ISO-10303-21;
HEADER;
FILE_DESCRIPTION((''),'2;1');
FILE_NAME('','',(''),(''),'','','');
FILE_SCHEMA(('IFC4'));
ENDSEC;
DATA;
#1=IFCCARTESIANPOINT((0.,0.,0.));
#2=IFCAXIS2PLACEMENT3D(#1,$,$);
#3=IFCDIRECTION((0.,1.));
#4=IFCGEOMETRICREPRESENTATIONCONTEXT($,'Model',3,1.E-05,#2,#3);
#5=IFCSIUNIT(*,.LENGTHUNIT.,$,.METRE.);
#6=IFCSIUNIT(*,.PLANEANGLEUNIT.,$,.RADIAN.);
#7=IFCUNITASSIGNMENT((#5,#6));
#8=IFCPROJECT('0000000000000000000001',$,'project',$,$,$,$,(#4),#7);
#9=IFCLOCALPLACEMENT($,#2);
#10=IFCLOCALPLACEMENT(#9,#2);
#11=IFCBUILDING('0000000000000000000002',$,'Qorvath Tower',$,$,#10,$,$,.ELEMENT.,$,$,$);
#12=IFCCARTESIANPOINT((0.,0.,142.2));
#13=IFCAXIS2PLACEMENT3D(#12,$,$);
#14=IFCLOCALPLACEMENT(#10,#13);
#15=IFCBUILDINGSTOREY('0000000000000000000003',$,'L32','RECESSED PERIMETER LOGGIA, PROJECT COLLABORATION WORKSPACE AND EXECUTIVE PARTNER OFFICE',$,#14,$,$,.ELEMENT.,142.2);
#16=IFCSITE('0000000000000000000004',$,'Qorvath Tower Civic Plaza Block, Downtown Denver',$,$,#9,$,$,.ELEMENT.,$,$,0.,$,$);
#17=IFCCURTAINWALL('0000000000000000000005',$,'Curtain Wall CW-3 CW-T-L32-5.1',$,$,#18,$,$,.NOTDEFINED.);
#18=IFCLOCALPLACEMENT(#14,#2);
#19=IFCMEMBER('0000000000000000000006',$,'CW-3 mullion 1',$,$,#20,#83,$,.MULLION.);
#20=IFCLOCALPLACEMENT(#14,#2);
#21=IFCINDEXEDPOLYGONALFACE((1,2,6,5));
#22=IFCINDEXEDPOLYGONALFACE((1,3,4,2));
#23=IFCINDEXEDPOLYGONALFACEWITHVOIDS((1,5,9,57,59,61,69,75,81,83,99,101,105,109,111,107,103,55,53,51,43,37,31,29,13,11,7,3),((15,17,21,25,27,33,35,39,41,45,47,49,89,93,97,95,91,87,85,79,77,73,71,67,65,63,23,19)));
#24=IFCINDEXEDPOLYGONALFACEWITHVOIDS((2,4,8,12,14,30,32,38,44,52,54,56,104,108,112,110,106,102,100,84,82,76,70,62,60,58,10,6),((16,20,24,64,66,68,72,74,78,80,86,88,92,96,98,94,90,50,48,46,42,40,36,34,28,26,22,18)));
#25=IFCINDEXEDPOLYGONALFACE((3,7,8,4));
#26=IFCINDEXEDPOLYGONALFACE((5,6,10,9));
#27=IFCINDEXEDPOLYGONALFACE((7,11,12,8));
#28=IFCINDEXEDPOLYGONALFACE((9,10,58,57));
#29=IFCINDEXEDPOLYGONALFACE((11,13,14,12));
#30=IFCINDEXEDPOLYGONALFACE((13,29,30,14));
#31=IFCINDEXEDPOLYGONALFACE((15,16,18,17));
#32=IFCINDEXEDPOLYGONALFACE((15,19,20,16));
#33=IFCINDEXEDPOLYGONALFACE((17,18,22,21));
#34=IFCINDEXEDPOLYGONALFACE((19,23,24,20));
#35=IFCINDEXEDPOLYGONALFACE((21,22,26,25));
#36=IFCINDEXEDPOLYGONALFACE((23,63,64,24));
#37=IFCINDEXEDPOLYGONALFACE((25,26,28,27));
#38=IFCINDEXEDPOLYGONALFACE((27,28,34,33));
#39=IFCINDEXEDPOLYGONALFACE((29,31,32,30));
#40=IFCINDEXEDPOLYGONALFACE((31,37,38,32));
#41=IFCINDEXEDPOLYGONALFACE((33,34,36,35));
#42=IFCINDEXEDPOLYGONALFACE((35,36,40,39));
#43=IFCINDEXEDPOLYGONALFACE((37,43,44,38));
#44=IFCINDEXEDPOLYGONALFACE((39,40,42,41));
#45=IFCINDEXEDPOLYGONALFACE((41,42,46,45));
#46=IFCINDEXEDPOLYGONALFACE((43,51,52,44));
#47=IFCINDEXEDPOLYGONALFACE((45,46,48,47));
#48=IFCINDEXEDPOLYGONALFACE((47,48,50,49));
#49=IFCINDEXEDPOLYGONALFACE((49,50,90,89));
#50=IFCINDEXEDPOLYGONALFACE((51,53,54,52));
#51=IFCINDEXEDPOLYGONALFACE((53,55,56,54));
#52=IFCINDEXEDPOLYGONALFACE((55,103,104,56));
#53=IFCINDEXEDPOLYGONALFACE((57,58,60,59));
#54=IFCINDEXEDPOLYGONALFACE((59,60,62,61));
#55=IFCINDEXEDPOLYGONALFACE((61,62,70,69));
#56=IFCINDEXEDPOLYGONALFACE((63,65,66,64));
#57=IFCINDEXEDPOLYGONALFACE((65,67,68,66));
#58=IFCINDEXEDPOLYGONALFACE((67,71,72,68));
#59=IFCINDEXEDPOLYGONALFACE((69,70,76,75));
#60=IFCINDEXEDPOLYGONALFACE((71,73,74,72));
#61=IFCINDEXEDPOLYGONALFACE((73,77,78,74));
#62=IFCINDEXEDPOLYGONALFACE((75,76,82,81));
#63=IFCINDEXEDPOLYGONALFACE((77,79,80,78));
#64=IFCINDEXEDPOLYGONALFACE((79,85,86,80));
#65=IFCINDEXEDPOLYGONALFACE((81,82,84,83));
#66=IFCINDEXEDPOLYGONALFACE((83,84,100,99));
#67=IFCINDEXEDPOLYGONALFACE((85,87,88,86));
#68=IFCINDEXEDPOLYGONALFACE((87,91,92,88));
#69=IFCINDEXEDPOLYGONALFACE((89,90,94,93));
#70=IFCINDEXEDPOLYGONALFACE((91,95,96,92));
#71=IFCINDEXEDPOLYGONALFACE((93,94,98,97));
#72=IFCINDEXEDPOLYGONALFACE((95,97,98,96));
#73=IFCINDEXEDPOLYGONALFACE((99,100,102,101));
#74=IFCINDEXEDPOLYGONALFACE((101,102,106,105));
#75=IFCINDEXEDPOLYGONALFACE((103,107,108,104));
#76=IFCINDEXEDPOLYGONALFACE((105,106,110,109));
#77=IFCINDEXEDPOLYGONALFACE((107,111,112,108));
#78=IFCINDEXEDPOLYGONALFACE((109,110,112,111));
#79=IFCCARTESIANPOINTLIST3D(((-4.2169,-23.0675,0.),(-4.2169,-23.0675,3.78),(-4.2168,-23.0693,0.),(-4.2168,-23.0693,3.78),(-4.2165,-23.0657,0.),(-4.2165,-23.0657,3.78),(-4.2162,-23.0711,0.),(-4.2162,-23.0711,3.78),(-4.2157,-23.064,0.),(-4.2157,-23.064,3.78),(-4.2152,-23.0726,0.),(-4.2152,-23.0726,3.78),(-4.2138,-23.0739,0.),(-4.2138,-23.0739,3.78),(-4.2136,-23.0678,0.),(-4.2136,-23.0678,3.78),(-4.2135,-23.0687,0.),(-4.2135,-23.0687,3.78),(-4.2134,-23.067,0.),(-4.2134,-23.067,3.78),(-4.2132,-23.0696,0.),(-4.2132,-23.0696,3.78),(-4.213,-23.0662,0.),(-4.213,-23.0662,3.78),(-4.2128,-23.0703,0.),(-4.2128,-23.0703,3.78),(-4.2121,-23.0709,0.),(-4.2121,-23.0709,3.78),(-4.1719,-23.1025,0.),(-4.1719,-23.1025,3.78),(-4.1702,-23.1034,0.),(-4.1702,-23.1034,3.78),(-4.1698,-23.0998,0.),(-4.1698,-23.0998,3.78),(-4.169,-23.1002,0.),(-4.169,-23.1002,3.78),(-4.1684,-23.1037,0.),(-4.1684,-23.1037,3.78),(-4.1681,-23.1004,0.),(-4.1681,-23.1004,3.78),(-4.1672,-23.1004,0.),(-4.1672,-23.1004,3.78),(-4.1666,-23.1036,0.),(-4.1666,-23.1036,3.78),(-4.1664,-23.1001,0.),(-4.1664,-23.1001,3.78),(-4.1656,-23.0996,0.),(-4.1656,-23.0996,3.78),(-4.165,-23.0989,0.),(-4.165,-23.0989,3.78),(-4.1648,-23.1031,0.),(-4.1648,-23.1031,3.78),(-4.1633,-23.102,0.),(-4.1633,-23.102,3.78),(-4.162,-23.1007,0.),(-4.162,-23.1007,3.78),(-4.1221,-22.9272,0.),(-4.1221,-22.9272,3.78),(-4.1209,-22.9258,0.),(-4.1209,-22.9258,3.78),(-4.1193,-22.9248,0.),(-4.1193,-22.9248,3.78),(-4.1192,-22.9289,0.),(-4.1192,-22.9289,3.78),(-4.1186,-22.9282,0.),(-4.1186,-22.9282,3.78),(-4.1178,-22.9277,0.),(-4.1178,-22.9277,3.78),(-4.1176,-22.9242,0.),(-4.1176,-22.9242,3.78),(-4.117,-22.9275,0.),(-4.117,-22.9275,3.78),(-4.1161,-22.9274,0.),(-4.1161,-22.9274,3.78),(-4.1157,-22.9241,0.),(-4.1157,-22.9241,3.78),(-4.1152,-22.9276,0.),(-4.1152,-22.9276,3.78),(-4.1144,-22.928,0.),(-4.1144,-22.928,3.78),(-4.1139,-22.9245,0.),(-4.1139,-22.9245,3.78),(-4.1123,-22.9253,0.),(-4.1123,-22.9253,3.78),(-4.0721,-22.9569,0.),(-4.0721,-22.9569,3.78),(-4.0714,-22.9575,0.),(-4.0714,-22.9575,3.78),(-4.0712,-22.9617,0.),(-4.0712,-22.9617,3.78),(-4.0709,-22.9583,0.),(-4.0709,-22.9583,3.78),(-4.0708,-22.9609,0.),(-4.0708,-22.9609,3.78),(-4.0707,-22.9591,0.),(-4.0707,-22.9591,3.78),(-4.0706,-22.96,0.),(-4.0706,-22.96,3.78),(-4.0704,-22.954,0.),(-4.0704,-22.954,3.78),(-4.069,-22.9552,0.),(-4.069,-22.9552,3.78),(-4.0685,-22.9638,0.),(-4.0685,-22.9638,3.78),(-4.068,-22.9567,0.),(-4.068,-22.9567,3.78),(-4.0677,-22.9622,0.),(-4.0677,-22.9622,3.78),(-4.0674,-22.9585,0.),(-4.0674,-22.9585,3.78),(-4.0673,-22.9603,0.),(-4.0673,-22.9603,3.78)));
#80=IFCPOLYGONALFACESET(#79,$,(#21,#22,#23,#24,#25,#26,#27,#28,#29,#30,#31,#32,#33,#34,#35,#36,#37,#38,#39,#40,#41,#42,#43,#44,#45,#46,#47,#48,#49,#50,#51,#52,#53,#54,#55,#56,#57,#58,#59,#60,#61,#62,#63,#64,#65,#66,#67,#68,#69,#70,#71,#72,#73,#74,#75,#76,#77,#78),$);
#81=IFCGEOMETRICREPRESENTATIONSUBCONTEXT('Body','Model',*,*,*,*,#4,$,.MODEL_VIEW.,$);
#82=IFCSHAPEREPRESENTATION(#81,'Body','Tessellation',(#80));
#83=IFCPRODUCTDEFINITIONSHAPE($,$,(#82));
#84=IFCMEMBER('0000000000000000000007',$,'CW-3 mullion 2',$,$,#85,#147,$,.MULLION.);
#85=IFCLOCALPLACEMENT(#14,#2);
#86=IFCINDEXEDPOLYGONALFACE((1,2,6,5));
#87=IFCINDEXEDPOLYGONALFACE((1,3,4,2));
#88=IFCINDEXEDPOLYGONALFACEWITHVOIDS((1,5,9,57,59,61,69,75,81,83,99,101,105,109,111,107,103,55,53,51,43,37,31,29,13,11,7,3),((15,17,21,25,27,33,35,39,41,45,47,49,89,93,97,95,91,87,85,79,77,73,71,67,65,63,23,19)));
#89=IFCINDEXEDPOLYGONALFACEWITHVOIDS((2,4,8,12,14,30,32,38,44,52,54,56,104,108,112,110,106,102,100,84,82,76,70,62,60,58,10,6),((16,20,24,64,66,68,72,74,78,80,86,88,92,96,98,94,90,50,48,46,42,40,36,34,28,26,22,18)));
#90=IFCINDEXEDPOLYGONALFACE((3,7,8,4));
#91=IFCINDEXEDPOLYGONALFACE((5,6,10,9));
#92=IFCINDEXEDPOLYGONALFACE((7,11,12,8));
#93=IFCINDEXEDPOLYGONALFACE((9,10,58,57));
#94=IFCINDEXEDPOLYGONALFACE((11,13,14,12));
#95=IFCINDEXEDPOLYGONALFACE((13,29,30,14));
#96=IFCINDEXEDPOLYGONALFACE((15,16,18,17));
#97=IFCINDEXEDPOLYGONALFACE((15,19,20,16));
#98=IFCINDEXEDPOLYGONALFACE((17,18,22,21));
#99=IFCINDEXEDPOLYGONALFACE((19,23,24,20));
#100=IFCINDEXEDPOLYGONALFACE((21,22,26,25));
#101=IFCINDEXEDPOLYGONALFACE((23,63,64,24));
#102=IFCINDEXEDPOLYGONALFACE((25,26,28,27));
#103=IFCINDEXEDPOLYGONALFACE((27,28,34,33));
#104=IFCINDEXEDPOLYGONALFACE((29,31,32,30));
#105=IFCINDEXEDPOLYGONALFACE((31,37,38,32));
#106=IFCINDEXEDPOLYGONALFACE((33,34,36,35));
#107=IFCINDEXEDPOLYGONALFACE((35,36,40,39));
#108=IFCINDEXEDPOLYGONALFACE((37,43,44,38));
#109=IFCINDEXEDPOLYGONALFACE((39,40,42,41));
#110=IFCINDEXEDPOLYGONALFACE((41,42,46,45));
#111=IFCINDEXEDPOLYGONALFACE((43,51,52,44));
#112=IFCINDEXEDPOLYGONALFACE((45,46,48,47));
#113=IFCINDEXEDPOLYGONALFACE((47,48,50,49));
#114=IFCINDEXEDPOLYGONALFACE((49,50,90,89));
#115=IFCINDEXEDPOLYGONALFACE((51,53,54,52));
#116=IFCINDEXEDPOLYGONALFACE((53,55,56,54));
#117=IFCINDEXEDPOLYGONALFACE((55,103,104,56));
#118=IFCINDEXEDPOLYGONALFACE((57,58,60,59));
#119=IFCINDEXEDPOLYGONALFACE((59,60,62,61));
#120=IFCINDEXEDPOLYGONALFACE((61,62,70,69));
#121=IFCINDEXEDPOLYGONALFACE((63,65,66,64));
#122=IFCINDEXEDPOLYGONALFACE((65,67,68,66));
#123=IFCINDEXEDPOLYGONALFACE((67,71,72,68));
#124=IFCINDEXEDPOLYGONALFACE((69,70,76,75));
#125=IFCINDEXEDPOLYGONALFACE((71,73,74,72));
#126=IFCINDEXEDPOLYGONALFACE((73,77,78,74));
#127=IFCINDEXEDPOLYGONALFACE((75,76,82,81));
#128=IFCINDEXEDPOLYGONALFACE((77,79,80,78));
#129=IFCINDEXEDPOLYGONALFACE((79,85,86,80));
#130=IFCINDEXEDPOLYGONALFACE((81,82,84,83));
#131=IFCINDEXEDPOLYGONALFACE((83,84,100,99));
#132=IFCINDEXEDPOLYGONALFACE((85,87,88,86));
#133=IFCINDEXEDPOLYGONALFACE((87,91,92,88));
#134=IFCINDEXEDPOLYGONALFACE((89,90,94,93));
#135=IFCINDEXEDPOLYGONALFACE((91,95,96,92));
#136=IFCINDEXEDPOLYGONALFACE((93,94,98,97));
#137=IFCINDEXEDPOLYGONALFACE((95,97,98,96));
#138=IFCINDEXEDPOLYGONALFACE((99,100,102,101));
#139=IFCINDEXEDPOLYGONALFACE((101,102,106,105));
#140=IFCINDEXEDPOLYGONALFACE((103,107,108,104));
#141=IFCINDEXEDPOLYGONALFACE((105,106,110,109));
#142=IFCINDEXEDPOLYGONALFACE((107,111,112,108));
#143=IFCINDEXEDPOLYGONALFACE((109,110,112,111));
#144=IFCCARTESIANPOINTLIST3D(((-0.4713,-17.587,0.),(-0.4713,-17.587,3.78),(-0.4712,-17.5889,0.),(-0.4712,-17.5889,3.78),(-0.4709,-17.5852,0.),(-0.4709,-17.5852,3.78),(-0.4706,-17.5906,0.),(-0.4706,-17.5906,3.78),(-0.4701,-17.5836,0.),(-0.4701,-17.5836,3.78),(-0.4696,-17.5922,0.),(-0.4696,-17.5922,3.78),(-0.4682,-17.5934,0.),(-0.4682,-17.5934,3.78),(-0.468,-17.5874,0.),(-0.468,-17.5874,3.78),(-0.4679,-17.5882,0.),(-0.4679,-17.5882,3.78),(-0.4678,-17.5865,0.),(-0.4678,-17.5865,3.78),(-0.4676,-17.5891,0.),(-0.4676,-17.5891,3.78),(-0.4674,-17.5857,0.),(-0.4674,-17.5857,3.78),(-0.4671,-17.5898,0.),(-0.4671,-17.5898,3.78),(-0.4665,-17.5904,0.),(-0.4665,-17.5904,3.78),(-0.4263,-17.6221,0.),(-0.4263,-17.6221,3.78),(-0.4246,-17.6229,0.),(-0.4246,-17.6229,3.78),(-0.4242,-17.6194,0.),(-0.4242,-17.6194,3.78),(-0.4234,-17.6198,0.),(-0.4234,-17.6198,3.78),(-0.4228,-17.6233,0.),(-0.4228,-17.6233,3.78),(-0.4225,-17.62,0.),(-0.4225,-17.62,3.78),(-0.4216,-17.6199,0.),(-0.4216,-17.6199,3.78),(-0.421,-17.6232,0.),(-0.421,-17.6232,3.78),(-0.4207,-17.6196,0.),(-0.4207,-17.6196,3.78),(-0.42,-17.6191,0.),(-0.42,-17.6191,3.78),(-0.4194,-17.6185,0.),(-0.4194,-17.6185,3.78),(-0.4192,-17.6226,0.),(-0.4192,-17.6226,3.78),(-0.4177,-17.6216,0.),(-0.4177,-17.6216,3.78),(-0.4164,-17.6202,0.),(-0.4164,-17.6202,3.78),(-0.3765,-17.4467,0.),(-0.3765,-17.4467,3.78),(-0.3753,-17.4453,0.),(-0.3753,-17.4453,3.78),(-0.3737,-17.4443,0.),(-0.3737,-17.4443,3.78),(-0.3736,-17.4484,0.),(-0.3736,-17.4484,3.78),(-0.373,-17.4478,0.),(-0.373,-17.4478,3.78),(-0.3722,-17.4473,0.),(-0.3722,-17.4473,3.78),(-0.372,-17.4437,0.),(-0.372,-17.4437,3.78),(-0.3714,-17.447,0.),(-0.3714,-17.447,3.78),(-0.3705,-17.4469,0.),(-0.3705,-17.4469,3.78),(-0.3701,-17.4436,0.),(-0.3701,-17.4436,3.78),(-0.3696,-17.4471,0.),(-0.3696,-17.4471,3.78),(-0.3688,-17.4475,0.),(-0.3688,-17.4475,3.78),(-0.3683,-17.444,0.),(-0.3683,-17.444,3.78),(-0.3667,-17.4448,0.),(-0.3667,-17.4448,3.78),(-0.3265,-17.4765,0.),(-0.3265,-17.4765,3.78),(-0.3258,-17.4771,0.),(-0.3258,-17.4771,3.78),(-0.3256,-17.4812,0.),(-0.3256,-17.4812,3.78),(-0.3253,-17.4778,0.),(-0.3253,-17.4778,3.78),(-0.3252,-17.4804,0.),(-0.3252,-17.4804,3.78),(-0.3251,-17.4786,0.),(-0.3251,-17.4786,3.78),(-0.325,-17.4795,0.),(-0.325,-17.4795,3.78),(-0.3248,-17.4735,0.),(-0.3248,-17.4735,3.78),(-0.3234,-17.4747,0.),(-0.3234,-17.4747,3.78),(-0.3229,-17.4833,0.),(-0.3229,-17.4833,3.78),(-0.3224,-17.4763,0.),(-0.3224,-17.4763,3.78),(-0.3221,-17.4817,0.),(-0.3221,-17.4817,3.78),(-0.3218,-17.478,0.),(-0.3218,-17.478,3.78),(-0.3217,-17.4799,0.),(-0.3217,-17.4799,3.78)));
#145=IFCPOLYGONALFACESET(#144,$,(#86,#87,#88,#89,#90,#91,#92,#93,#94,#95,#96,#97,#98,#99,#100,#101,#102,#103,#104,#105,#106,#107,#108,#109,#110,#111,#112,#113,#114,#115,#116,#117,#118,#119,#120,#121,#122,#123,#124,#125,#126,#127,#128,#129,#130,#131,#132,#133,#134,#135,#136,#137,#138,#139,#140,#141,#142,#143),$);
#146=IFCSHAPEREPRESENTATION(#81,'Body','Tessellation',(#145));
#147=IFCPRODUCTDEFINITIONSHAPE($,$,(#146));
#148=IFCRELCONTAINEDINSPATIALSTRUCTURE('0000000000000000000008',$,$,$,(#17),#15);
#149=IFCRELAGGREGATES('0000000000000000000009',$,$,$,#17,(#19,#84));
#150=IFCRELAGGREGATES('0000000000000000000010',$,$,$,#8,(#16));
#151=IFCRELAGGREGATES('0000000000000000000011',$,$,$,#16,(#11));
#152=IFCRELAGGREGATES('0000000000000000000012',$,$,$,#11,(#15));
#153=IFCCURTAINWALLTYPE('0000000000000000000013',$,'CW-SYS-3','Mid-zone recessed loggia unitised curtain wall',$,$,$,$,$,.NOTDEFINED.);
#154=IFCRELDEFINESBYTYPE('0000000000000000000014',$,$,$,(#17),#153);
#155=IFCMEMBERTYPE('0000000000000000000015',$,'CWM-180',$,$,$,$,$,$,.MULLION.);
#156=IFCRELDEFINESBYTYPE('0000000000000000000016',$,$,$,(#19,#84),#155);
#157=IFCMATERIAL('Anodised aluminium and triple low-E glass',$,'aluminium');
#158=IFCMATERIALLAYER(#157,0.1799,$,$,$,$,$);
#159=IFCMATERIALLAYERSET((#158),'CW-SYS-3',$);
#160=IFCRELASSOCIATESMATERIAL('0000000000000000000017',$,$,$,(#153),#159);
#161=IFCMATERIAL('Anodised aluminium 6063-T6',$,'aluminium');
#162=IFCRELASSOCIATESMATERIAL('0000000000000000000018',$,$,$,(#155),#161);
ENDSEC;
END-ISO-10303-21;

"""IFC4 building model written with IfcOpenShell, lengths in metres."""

from ifc_helpers import new_model, si_unit, direction, frame, origin, origin_2d, place, context, subcontext, project, spatial, hollow_rectangle, extrude, material, layer, layer_set, material_profile, profile_set, type_object, element, aggregate, save


model = new_model("IFC4")

# Units and contexts
model_context = context("Model", 3, precision=1e-05, world=origin(), true_north=direction((0.0, 1.0)))
body_context = subcontext(model_context, "Body", "Model", "MODEL_VIEW")
ifc_project = project(units=[si_unit("LENGTHUNIT", "METRE"), si_unit("PLANEANGLEUNIT", "RADIAN")], contexts=[model_context])

# Site, building, storey
site_placement = place(None, origin())
site = spatial("IfcSite", under=ifc_project, at=site_placement, Name="Qorvath Tower Civic Plaza Block, Downtown Denver", CompositionType="ELEMENT", RefElevation=0.0)
building_placement = place(site_placement, origin())
building = spatial("IfcBuilding", under=site, at=building_placement, Name="Qorvath Tower", CompositionType="ELEMENT")
storey_placement = place(building_placement, frame((0.0, 0.0, 142.2)))
storey = spatial("IfcBuildingStorey", under=building, at=storey_placement, Name="L32", Description="RECESSED PERIMETER LOGGIA, PROJECT COLLABORATION WORKSPACE AND EXECUTIVE PARTNER OFFICE", CompositionType="ELEMENT", Elevation=142.2)

# Shared definitions
ifc_material_1 = material(Name="Anodised aluminium and triple low-E glass", Category="aluminium")
ifc_layer_1 = layer(ifc_material_1, 0.1799)
ifc_layer_set_1 = layer_set([ifc_layer_1], Name="CW-SYS-3")
curtain_wall_type = type_object("IfcCurtainWallType", Name="CW-SYS-3", Description="Mid-zone recessed loggia unitised curtain wall", PredefinedType="NOTDEFINED", material=ifc_layer_set_1)
ifc_material_2 = material(Name="Anodised aluminium 6063-T6", Category="aluminium")
ifc_material_profile_1 = material_profile(ifc_material_2, hollow_rectangle(XDim=0.0649, YDim=0.1799, WallThickness=0.0034, InnerFilletRadius=0.0034, OuterFilletRadius=0.0071, at=origin_2d()), Name="CWM 180x65")
ifc_profile_set_1 = profile_set([ifc_material_profile_1], Name="Anodised aluminium 6063-T6")
member_type_1 = type_object("IfcMemberType", Name="CWM-180", PredefinedType="MULLION", material=ifc_profile_set_1)

# Curtain wall, members
curtain_wall_1_placement = place(storey_placement, origin())
curtain_wall_1 = element("IfcCurtainWall", 1, at=curtain_wall_1_placement, inside=storey, type_object=curtain_wall_type, Name="Curtain Wall CW-3 CW-T-L32-5.1", PredefinedType="NOTDEFINED")
member_1_placement = place(storey_placement, frame((-4.1421, -23.0139, 0.0), z_axis=(0.0, 0.0, 1.0), x_axis=(-0.82561, 0.564241, 0.0)))
member_1 = element("IfcMember", 2, at=member_1_placement, type_object=member_type_1, Name="CW-3 mullion 1", PredefinedType="MULLION", context=body_context, shape_type="SweptSolid", body=[
    extrude(hollow_rectangle(XDim=0.0649, YDim=0.1799, WallThickness=0.0034, InnerFilletRadius=0.0034, OuterFilletRadius=0.0071, at=origin_2d()), origin(), (0.0, 0.0, 1.0), 3.78),
])
member_2_placement = place(storey_placement, frame((-0.3965, -17.5334, 0.0), z_axis=(0.0, 0.0, 1.0), x_axis=(-0.82561, 0.564241, 0.0)))
member_2 = element("IfcMember", 3, at=member_2_placement, type_object=member_type_1, Name="CW-3 mullion 2", PredefinedType="MULLION", context=body_context, shape_type="SweptSolid", body=[
    extrude(hollow_rectangle(XDim=0.0649, YDim=0.1799, WallThickness=0.0034, InnerFilletRadius=0.0034, OuterFilletRadius=0.0071, at=origin_2d()), origin(), (0.0, 0.0, 1.0), 3.78),
])

aggregate(curtain_wall_1, [member_1, member_2])

save(model, "model.ifc")
